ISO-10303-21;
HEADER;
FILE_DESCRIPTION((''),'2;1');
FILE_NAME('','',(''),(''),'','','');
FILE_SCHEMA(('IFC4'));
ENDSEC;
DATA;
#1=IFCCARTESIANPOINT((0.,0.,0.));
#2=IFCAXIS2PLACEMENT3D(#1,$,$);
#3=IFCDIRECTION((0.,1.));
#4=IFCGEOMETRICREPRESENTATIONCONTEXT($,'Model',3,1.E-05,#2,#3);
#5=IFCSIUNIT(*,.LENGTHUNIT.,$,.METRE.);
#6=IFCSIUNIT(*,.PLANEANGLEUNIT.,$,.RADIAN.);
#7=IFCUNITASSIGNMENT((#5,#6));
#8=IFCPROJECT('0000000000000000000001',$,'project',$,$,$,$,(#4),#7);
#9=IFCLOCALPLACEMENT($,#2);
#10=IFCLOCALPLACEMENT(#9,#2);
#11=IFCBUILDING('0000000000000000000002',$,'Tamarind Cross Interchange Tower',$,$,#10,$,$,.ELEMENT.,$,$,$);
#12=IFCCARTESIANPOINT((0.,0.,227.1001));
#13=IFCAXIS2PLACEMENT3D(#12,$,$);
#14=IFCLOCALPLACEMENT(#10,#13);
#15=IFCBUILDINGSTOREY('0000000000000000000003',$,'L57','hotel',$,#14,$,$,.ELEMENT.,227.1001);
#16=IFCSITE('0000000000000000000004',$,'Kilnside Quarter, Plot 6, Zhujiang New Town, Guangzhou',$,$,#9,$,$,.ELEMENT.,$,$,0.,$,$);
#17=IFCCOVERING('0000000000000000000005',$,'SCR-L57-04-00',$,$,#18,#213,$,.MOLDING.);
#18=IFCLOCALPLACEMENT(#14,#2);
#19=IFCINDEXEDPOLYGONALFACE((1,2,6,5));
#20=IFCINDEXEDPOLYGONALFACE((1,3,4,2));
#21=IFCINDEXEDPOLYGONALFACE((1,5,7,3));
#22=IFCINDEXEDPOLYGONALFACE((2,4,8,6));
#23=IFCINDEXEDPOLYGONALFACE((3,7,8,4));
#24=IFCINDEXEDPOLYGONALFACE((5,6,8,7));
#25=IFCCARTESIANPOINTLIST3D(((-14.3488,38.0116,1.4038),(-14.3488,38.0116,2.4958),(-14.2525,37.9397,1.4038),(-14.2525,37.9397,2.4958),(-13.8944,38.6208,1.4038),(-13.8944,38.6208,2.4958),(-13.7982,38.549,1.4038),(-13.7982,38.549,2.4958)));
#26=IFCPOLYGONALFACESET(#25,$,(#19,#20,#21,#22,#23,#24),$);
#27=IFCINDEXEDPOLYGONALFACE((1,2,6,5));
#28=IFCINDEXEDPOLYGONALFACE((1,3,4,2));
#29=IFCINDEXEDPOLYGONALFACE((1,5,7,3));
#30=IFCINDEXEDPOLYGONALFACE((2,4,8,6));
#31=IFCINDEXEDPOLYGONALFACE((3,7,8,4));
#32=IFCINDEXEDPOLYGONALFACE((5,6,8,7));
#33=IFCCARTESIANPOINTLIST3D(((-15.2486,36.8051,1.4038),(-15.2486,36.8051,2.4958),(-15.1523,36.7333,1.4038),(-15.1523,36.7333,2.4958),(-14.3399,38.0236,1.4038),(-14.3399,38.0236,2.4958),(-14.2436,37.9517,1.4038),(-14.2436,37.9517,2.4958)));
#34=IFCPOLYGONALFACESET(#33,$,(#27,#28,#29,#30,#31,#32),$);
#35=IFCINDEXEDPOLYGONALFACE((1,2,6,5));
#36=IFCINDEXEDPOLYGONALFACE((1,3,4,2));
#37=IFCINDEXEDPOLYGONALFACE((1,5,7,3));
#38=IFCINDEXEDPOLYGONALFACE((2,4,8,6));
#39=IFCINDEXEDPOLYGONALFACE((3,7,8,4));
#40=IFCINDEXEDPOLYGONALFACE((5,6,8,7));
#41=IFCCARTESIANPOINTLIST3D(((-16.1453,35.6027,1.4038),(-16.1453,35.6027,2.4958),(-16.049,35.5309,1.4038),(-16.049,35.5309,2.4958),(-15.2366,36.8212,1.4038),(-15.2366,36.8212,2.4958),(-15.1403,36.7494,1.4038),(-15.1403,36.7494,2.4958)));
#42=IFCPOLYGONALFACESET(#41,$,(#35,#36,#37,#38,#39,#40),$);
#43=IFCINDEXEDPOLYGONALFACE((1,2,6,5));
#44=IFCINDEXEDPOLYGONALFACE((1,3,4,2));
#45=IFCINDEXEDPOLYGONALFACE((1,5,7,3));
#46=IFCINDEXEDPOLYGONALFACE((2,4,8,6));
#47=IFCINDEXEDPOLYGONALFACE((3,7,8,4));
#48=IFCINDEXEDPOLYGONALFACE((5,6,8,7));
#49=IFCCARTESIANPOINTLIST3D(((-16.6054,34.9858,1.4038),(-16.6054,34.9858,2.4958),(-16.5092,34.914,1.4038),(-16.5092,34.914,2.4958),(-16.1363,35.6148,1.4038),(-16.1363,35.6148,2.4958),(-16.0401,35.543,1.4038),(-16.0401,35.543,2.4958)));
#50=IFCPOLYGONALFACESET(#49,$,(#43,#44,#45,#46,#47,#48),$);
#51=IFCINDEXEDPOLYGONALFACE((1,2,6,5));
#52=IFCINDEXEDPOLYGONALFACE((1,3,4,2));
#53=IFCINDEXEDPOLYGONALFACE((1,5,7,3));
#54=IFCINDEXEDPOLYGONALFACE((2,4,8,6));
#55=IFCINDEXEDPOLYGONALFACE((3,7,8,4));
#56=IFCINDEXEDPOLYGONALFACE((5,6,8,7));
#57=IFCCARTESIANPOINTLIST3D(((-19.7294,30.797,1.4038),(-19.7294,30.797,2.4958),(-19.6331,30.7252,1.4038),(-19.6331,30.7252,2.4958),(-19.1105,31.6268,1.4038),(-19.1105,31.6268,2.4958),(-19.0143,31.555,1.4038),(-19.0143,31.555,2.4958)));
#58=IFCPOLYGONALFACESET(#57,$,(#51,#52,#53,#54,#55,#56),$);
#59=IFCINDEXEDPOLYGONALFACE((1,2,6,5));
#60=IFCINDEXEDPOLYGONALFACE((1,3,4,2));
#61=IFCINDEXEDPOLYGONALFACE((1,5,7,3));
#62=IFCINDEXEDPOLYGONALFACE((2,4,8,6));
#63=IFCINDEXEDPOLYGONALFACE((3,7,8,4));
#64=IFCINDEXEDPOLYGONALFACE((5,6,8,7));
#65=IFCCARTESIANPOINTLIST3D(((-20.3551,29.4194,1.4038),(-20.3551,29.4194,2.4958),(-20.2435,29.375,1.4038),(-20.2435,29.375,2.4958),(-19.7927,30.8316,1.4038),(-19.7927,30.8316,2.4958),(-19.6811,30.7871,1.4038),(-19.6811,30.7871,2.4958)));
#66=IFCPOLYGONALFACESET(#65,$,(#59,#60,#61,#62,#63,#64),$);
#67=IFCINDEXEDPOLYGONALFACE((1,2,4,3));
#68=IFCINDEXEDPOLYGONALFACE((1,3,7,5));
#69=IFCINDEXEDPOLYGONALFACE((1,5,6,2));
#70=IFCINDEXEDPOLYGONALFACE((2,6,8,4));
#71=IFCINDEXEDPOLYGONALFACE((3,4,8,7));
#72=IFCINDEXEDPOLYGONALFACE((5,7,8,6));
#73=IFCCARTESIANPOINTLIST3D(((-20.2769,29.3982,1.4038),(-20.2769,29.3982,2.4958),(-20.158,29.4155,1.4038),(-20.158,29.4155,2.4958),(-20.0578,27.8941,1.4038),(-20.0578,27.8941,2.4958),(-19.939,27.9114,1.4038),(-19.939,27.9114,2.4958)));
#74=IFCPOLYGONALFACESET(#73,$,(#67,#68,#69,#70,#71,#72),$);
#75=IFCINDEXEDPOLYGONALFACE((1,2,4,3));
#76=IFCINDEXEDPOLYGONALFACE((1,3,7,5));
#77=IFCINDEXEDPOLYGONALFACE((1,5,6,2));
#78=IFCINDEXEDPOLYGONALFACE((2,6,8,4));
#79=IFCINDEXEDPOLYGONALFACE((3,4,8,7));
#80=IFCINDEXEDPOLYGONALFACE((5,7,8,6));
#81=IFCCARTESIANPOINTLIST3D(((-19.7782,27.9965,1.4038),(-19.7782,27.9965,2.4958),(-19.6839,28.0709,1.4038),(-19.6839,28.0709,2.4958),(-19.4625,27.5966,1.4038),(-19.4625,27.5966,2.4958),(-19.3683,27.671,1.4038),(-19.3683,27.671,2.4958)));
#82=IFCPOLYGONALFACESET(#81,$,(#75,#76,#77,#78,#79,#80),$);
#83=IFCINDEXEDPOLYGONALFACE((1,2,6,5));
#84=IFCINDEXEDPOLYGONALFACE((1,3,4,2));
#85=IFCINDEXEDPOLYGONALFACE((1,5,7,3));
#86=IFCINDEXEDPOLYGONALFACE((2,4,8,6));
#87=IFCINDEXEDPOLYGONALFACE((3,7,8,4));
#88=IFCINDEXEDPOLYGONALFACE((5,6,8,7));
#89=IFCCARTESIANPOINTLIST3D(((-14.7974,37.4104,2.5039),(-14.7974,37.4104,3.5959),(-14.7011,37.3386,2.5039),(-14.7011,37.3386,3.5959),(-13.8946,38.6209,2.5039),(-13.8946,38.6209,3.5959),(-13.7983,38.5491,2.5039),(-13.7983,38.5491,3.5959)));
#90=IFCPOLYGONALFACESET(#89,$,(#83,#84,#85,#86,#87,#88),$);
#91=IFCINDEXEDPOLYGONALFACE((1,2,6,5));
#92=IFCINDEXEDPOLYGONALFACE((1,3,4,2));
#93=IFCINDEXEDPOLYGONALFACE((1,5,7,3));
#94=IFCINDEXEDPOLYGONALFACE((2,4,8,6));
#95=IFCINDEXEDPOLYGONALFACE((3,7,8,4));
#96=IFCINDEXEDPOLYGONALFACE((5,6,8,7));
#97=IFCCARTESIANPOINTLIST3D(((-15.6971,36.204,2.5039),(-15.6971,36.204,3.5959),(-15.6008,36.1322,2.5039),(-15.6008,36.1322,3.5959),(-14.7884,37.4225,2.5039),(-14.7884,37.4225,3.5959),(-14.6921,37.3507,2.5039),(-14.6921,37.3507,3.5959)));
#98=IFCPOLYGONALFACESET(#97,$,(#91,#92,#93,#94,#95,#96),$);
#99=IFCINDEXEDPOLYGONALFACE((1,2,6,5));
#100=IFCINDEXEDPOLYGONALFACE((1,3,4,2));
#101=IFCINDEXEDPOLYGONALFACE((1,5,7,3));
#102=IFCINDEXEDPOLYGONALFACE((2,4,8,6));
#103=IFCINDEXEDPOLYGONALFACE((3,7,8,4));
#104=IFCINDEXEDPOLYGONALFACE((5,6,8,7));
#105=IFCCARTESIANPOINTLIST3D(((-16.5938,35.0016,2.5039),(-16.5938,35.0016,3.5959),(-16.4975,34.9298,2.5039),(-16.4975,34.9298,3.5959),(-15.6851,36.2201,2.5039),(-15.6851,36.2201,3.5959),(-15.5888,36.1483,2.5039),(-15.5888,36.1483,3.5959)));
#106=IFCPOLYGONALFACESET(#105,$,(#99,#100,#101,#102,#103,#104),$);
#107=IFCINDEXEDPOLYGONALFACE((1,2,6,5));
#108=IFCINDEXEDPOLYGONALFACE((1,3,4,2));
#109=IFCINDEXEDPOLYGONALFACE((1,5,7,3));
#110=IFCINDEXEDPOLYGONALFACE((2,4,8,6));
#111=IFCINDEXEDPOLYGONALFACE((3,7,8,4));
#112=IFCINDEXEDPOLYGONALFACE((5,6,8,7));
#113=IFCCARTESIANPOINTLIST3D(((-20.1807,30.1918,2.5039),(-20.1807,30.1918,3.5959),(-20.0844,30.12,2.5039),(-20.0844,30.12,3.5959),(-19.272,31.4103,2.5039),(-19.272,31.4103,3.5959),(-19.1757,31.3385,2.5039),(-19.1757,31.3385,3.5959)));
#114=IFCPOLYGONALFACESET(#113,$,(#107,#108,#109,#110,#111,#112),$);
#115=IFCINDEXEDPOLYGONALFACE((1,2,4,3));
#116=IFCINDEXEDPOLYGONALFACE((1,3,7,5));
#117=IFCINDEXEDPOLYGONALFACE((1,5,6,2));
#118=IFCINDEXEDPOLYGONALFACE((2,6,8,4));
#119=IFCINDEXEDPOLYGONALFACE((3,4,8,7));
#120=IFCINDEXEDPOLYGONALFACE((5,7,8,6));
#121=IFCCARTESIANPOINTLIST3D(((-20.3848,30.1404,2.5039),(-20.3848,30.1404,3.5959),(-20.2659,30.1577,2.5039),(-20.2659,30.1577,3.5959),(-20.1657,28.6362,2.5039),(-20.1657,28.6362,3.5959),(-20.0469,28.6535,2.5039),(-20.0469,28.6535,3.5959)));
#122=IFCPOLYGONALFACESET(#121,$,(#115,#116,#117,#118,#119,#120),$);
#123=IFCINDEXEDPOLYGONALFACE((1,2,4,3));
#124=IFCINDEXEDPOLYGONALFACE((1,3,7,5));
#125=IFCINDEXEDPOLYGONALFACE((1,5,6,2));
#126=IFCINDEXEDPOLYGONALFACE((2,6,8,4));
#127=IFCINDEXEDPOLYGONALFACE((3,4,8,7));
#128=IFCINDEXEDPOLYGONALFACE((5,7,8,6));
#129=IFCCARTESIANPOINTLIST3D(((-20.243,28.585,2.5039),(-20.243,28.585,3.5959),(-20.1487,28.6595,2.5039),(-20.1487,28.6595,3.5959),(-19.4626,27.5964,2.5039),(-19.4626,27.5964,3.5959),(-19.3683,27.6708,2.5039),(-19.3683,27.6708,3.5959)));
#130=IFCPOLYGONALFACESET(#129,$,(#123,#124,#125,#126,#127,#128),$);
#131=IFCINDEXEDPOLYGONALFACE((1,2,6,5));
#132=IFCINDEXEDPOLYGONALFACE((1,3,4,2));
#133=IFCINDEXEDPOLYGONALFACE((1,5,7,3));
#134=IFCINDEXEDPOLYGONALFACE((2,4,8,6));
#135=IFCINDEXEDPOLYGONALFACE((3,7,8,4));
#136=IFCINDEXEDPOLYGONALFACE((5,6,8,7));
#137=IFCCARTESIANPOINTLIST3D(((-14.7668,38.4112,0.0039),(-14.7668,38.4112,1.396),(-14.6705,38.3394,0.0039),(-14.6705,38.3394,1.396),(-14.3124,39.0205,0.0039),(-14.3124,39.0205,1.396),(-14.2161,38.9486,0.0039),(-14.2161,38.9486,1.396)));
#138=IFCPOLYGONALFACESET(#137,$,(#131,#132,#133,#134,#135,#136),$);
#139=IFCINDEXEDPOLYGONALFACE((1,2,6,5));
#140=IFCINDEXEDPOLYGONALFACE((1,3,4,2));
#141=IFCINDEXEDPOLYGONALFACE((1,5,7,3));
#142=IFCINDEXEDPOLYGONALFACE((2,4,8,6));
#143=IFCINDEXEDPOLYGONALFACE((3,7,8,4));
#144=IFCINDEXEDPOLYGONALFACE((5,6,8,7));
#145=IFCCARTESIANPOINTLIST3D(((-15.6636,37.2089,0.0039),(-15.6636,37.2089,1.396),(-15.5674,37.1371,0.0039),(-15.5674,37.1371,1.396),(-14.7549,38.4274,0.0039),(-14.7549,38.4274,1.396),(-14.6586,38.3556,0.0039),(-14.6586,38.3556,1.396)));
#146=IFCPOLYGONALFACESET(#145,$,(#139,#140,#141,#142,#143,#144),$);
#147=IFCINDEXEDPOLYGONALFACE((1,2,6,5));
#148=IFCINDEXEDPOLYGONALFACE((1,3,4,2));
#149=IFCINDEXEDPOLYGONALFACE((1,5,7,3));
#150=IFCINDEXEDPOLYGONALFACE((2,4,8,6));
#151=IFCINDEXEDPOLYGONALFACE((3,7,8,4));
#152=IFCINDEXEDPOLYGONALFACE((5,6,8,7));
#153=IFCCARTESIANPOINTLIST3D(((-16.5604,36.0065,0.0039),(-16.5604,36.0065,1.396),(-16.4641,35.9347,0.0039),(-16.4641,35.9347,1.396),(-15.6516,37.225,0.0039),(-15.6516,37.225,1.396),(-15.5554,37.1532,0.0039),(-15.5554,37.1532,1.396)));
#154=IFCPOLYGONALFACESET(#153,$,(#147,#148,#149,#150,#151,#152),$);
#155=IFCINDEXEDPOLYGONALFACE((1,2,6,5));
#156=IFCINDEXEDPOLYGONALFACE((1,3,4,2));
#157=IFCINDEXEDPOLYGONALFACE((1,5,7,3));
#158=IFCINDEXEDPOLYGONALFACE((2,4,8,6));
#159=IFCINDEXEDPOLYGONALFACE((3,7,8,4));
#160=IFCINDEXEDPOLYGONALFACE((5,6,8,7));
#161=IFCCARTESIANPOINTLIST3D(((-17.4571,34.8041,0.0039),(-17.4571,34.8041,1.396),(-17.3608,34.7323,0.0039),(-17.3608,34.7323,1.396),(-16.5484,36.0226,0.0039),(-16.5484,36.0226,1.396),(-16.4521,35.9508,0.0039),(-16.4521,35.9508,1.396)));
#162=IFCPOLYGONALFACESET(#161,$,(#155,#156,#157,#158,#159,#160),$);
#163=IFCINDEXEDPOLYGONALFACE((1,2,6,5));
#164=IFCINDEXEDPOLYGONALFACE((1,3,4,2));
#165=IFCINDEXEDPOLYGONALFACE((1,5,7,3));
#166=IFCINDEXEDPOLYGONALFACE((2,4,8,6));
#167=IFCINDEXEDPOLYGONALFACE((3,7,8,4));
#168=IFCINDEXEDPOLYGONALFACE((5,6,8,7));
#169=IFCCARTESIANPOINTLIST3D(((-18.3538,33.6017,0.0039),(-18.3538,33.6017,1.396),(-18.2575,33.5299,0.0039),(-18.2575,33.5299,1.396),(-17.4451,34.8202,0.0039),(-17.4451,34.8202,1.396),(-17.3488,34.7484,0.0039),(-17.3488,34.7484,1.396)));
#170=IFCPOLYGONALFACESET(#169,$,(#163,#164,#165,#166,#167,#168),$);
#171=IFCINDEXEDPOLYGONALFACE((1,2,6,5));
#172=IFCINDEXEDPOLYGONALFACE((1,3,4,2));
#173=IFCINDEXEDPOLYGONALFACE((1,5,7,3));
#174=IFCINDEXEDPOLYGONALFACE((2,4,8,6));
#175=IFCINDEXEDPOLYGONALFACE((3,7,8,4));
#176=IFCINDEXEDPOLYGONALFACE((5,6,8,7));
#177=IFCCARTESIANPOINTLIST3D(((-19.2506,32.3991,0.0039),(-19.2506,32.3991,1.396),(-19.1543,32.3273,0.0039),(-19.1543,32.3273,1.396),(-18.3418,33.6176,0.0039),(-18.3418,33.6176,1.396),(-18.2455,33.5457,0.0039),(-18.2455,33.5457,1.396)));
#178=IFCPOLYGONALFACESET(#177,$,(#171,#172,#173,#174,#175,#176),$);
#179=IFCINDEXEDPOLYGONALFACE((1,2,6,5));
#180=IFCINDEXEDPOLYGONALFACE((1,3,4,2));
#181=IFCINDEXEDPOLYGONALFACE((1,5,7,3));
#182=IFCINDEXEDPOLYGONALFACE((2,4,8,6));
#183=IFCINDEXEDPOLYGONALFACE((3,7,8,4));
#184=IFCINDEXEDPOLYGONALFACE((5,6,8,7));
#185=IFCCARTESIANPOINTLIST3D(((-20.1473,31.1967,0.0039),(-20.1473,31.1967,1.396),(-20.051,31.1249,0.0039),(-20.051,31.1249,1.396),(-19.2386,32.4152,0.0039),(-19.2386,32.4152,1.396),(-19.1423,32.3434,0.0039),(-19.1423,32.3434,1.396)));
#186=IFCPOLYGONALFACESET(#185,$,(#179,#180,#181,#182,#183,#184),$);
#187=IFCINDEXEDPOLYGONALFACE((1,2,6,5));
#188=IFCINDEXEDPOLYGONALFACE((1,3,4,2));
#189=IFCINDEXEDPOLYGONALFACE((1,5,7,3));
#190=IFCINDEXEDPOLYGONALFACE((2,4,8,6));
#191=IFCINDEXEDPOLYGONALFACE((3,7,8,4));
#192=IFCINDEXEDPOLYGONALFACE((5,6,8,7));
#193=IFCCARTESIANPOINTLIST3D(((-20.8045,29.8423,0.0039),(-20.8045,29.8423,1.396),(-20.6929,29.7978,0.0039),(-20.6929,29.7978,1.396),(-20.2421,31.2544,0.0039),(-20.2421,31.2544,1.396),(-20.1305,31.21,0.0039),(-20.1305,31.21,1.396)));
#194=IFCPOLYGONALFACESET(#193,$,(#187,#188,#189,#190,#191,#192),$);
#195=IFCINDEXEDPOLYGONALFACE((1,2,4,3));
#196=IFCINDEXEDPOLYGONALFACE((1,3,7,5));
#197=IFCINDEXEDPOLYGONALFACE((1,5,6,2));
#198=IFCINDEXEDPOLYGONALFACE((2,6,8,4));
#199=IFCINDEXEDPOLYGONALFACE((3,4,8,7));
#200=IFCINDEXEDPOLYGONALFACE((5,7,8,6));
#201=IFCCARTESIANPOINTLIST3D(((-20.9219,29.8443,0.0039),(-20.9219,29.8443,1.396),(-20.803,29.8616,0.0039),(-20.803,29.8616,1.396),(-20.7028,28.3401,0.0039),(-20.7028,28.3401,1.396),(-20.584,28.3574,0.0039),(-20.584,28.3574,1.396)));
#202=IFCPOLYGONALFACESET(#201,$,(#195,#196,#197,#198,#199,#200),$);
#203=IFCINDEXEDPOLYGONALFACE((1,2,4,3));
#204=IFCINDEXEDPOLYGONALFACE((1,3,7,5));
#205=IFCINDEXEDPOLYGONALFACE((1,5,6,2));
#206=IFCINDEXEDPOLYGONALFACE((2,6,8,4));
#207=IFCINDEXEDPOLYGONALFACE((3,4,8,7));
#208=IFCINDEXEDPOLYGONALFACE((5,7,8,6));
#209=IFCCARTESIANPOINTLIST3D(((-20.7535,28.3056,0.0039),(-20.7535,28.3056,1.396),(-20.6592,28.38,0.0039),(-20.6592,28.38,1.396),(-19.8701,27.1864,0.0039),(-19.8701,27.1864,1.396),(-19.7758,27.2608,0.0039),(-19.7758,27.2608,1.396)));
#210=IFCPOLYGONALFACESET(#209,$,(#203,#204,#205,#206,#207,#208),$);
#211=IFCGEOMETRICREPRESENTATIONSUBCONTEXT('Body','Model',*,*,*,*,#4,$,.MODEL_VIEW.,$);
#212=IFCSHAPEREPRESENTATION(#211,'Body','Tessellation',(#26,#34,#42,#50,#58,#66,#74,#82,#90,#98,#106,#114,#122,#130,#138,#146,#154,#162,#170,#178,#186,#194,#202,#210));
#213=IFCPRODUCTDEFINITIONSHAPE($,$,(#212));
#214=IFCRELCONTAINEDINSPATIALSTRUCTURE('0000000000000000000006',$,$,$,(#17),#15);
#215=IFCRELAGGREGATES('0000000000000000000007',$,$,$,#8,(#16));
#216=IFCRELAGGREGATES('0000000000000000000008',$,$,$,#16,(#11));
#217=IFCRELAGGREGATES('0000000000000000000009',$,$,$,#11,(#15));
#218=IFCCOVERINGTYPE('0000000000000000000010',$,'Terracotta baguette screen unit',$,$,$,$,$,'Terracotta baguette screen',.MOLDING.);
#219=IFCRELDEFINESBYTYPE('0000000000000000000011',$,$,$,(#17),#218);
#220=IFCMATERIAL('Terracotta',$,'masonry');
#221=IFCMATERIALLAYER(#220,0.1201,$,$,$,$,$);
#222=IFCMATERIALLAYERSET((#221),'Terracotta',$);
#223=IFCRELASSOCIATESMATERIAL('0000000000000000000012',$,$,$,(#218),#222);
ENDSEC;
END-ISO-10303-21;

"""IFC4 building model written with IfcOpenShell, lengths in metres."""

from ifc_helpers import new_model, si_unit, direction, frame, origin, origin_2d, place, context, subcontext, project, spatial, rectangle, extrude, material, layer, layer_set, type_object, element, save


model = new_model("IFC4")

# Units and contexts
model_context = context("Model", 3, precision=1e-05, world=origin(), true_north=direction((0.0, 1.0)))
body_context = subcontext(model_context, "Body", "Model", "MODEL_VIEW")
ifc_project = project(units=[si_unit("LENGTHUNIT", "METRE"), si_unit("PLANEANGLEUNIT", "RADIAN")], contexts=[model_context])

# Site, building, storey
site_placement = place(None, origin())
site = spatial("IfcSite", under=ifc_project, at=site_placement, Name="Kilnside Quarter, Plot 6, Zhujiang New Town, Guangzhou", CompositionType="ELEMENT", RefElevation=0.0)
building_placement = place(site_placement, origin())
building = spatial("IfcBuilding", under=site, at=building_placement, Name="Tamarind Cross Interchange Tower", CompositionType="ELEMENT")
storey_placement = place(building_placement, frame((0.0, 0.0, 227.1001)))
storey = spatial("IfcBuildingStorey", under=building, at=storey_placement, Name="L57", Description="hotel", CompositionType="ELEMENT", Elevation=227.1001)

# Covering
ifc_material_1 = material(Name="Terracotta", Category="masonry")
ifc_layer_1 = layer(ifc_material_1, 0.1201)
ifc_layer_set_1 = layer_set([ifc_layer_1], Name="Terracotta")
covering_type = type_object("IfcCoveringType", Name="Terracotta baguette screen unit", ElementType="Terracotta baguette screen", PredefinedType="MOLDING", material=ifc_layer_set_1)
covering_1_placement = place(storey_placement, origin())
element("IfcCovering", 1, at=covering_1_placement, inside=storey, type_object=covering_type, Name="SCR-L57-04-00", PredefinedType="MOLDING", context=body_context, shape_type="SweptSolid", body=[
    extrude(rectangle(XDim=0.76, YDim=0.1201, at=origin_2d()), frame((-14.0735, 38.2803, 1.4038), z_axis=(0.0, 0.0, 1.0), x_axis=(-0.597838, -0.801617, 0.0)), (0.0, 0.0, 1.0), 1.092),
    extrude(rectangle(XDim=1.52, YDim=0.1201, at=origin_2d()), frame((-14.7461, 37.3784, 1.4038), z_axis=(0.0, 0.0, 1.0), x_axis=(-0.597838, -0.801617, 0.0)), (0.0, 0.0, 1.0), 1.092),
    extrude(rectangle(XDim=1.52, YDim=0.1201, at=origin_2d()), frame((-15.6428, 36.176, 1.4038), z_axis=(0.0, 0.0, 1.0), x_axis=(-0.597838, -0.801617, 0.0)), (0.0, 0.0, 1.0), 1.092),
    extrude(rectangle(XDim=0.7847, YDim=0.1201, at=origin_2d()), frame((-16.3228, 35.2644, 1.4038), z_axis=(0.0, 0.0, 1.0), x_axis=(-0.597838, -0.801617, 0.0)), (0.0, 0.0, 1.0), 1.092),
    extrude(rectangle(XDim=1.0352, YDim=0.1201, at=origin_2d()), frame((-19.3718, 31.176, 1.4038), z_axis=(0.0, 0.0, 1.0), x_axis=(-0.597838, -0.801617, 0.0)), (0.0, 0.0, 1.0), 1.092),
    extrude(rectangle(XDim=1.52, YDim=0.1201, at=origin_2d()), frame((-20.0181, 30.1033, 1.4038), z_axis=(0.0, 0.0, 1.0), x_axis=(-0.369993, -0.929034, 0.0)), (0.0, 0.0, 1.0), 1.092),
    extrude(rectangle(XDim=1.52, YDim=0.1201, at=origin_2d()), frame((-20.1079, 28.6548, 1.4038), z_axis=(0.0, 0.0, 1.0), x_axis=(0.144094, -0.989564, 0.0)), (0.0, 0.0, 1.0), 1.092),
    extrude(rectangle(XDim=0.5095, YDim=0.1201, at=origin_2d()), frame((-19.5732, 27.8337, 1.4038), z_axis=(0.0, 0.0, 1.0), x_axis=(0.619571, -0.784941, 0.0)), (0.0, 0.0, 1.0), 1.092),
    extrude(rectangle(XDim=1.51, YDim=0.1201, at=origin_2d()), frame((-14.2979, 37.9797, 2.5039), z_axis=(0.0, 0.0, 1.0), x_axis=(-0.597838, -0.801617, 0.0)), (0.0, 0.0, 1.0), 1.092),
    extrude(rectangle(XDim=1.52, YDim=0.1201, at=origin_2d()), frame((-15.1946, 36.7773, 2.5039), z_axis=(0.0, 0.0, 1.0), x_axis=(-0.597838, -0.801617, 0.0)), (0.0, 0.0, 1.0), 1.092),
    extrude(rectangle(XDim=1.52, YDim=0.1201, at=origin_2d()), frame((-16.0913, 35.575, 2.5039), z_axis=(0.0, 0.0, 1.0), x_axis=(-0.597838, -0.801617, 0.0)), (0.0, 0.0, 1.0), 1.092),
    extrude(rectangle(XDim=1.52, YDim=0.1201, at=origin_2d()), frame((-19.6782, 30.7651, 2.5039), z_axis=(0.0, 0.0, 1.0), x_axis=(-0.597838, -0.801617, 0.0)), (0.0, 0.0, 1.0), 1.092),
    extrude(rectangle(XDim=1.52, YDim=0.1201, at=origin_2d()), frame((-20.2158, 29.397, 2.5039), z_axis=(0.0, 0.0, 1.0), x_axis=(0.144094, -0.989564, 0.0)), (0.0, 0.0, 1.0), 1.092),
    extrude(rectangle(XDim=1.2595, YDim=0.1201, at=origin_2d()), frame((-19.8057, 28.1279, 2.5039), z_axis=(0.0, 0.0, 1.0), x_axis=(0.619571, -0.784941, 0.0)), (0.0, 0.0, 1.0), 1.092),
    extrude(rectangle(XDim=0.76, YDim=0.1201, at=origin_2d()), frame((-14.4915, 38.6799, 0.0039), z_axis=(0.0, 0.0, 1.0), x_axis=(-0.597838, -0.801617, 0.0)), (0.0, 0.0, 1.0), 1.3921),
    extrude(rectangle(XDim=1.52, YDim=0.1201, at=origin_2d()), frame((-15.1611, 37.7822, 0.0039), z_axis=(0.0, 0.0, 1.0), x_axis=(-0.597838, -0.801617, 0.0)), (0.0, 0.0, 1.0), 1.3921),
    extrude(rectangle(XDim=1.52, YDim=0.1201, at=origin_2d()), frame((-16.0579, 36.5798, 0.0039), z_axis=(0.0, 0.0, 1.0), x_axis=(-0.597838, -0.801617, 0.0)), (0.0, 0.0, 1.0), 1.3921),
    extrude(rectangle(XDim=1.52, YDim=0.1201, at=origin_2d()), frame((-16.9546, 35.3774, 0.0039), z_axis=(0.0, 0.0, 1.0), x_axis=(-0.597838, -0.801617, 0.0)), (0.0, 0.0, 1.0), 1.3921),
    extrude(rectangle(XDim=1.52, YDim=0.1201, at=origin_2d()), frame((-17.8513, 34.175, 0.0039), z_axis=(0.0, 0.0, 1.0), x_axis=(-0.597838, -0.801617, 0.0)), (0.0, 0.0, 1.0), 1.3921),
    extrude(rectangle(XDim=1.52, YDim=0.1201, at=origin_2d()), frame((-18.748, 32.9724, 0.0039), z_axis=(0.0, 0.0, 1.0), x_axis=(-0.597838, -0.801617, 0.0)), (0.0, 0.0, 1.0), 1.3921),
    extrude(rectangle(XDim=1.52, YDim=0.1201, at=origin_2d()), frame((-19.6448, 31.77, 0.0039), z_axis=(0.0, 0.0, 1.0), x_axis=(-0.597838, -0.801617, 0.0)), (0.0, 0.0, 1.0), 1.3921),
    extrude(rectangle(XDim=1.52, YDim=0.1201, at=origin_2d()), frame((-20.4675, 30.5261, 0.0039), z_axis=(0.0, 0.0, 1.0), x_axis=(-0.369993, -0.929034, 0.0)), (0.0, 0.0, 1.0), 1.3921),
    extrude(rectangle(XDim=1.52, YDim=0.1201, at=origin_2d()), frame((-20.7529, 29.1008, 0.0039), z_axis=(0.0, 0.0, 1.0), x_axis=(0.144094, -0.989564, 0.0)), (0.0, 0.0, 1.0), 1.3921),
    extrude(rectangle(XDim=1.4258, YDim=0.1201, at=origin_2d()), frame((-20.2646, 27.7832, 0.0039), z_axis=(0.0, 0.0, 1.0), x_axis=(0.619571, -0.784941, 0.0)), (0.0, 0.0, 1.0), 1.3921),
])

save(model, "model.ifc")
